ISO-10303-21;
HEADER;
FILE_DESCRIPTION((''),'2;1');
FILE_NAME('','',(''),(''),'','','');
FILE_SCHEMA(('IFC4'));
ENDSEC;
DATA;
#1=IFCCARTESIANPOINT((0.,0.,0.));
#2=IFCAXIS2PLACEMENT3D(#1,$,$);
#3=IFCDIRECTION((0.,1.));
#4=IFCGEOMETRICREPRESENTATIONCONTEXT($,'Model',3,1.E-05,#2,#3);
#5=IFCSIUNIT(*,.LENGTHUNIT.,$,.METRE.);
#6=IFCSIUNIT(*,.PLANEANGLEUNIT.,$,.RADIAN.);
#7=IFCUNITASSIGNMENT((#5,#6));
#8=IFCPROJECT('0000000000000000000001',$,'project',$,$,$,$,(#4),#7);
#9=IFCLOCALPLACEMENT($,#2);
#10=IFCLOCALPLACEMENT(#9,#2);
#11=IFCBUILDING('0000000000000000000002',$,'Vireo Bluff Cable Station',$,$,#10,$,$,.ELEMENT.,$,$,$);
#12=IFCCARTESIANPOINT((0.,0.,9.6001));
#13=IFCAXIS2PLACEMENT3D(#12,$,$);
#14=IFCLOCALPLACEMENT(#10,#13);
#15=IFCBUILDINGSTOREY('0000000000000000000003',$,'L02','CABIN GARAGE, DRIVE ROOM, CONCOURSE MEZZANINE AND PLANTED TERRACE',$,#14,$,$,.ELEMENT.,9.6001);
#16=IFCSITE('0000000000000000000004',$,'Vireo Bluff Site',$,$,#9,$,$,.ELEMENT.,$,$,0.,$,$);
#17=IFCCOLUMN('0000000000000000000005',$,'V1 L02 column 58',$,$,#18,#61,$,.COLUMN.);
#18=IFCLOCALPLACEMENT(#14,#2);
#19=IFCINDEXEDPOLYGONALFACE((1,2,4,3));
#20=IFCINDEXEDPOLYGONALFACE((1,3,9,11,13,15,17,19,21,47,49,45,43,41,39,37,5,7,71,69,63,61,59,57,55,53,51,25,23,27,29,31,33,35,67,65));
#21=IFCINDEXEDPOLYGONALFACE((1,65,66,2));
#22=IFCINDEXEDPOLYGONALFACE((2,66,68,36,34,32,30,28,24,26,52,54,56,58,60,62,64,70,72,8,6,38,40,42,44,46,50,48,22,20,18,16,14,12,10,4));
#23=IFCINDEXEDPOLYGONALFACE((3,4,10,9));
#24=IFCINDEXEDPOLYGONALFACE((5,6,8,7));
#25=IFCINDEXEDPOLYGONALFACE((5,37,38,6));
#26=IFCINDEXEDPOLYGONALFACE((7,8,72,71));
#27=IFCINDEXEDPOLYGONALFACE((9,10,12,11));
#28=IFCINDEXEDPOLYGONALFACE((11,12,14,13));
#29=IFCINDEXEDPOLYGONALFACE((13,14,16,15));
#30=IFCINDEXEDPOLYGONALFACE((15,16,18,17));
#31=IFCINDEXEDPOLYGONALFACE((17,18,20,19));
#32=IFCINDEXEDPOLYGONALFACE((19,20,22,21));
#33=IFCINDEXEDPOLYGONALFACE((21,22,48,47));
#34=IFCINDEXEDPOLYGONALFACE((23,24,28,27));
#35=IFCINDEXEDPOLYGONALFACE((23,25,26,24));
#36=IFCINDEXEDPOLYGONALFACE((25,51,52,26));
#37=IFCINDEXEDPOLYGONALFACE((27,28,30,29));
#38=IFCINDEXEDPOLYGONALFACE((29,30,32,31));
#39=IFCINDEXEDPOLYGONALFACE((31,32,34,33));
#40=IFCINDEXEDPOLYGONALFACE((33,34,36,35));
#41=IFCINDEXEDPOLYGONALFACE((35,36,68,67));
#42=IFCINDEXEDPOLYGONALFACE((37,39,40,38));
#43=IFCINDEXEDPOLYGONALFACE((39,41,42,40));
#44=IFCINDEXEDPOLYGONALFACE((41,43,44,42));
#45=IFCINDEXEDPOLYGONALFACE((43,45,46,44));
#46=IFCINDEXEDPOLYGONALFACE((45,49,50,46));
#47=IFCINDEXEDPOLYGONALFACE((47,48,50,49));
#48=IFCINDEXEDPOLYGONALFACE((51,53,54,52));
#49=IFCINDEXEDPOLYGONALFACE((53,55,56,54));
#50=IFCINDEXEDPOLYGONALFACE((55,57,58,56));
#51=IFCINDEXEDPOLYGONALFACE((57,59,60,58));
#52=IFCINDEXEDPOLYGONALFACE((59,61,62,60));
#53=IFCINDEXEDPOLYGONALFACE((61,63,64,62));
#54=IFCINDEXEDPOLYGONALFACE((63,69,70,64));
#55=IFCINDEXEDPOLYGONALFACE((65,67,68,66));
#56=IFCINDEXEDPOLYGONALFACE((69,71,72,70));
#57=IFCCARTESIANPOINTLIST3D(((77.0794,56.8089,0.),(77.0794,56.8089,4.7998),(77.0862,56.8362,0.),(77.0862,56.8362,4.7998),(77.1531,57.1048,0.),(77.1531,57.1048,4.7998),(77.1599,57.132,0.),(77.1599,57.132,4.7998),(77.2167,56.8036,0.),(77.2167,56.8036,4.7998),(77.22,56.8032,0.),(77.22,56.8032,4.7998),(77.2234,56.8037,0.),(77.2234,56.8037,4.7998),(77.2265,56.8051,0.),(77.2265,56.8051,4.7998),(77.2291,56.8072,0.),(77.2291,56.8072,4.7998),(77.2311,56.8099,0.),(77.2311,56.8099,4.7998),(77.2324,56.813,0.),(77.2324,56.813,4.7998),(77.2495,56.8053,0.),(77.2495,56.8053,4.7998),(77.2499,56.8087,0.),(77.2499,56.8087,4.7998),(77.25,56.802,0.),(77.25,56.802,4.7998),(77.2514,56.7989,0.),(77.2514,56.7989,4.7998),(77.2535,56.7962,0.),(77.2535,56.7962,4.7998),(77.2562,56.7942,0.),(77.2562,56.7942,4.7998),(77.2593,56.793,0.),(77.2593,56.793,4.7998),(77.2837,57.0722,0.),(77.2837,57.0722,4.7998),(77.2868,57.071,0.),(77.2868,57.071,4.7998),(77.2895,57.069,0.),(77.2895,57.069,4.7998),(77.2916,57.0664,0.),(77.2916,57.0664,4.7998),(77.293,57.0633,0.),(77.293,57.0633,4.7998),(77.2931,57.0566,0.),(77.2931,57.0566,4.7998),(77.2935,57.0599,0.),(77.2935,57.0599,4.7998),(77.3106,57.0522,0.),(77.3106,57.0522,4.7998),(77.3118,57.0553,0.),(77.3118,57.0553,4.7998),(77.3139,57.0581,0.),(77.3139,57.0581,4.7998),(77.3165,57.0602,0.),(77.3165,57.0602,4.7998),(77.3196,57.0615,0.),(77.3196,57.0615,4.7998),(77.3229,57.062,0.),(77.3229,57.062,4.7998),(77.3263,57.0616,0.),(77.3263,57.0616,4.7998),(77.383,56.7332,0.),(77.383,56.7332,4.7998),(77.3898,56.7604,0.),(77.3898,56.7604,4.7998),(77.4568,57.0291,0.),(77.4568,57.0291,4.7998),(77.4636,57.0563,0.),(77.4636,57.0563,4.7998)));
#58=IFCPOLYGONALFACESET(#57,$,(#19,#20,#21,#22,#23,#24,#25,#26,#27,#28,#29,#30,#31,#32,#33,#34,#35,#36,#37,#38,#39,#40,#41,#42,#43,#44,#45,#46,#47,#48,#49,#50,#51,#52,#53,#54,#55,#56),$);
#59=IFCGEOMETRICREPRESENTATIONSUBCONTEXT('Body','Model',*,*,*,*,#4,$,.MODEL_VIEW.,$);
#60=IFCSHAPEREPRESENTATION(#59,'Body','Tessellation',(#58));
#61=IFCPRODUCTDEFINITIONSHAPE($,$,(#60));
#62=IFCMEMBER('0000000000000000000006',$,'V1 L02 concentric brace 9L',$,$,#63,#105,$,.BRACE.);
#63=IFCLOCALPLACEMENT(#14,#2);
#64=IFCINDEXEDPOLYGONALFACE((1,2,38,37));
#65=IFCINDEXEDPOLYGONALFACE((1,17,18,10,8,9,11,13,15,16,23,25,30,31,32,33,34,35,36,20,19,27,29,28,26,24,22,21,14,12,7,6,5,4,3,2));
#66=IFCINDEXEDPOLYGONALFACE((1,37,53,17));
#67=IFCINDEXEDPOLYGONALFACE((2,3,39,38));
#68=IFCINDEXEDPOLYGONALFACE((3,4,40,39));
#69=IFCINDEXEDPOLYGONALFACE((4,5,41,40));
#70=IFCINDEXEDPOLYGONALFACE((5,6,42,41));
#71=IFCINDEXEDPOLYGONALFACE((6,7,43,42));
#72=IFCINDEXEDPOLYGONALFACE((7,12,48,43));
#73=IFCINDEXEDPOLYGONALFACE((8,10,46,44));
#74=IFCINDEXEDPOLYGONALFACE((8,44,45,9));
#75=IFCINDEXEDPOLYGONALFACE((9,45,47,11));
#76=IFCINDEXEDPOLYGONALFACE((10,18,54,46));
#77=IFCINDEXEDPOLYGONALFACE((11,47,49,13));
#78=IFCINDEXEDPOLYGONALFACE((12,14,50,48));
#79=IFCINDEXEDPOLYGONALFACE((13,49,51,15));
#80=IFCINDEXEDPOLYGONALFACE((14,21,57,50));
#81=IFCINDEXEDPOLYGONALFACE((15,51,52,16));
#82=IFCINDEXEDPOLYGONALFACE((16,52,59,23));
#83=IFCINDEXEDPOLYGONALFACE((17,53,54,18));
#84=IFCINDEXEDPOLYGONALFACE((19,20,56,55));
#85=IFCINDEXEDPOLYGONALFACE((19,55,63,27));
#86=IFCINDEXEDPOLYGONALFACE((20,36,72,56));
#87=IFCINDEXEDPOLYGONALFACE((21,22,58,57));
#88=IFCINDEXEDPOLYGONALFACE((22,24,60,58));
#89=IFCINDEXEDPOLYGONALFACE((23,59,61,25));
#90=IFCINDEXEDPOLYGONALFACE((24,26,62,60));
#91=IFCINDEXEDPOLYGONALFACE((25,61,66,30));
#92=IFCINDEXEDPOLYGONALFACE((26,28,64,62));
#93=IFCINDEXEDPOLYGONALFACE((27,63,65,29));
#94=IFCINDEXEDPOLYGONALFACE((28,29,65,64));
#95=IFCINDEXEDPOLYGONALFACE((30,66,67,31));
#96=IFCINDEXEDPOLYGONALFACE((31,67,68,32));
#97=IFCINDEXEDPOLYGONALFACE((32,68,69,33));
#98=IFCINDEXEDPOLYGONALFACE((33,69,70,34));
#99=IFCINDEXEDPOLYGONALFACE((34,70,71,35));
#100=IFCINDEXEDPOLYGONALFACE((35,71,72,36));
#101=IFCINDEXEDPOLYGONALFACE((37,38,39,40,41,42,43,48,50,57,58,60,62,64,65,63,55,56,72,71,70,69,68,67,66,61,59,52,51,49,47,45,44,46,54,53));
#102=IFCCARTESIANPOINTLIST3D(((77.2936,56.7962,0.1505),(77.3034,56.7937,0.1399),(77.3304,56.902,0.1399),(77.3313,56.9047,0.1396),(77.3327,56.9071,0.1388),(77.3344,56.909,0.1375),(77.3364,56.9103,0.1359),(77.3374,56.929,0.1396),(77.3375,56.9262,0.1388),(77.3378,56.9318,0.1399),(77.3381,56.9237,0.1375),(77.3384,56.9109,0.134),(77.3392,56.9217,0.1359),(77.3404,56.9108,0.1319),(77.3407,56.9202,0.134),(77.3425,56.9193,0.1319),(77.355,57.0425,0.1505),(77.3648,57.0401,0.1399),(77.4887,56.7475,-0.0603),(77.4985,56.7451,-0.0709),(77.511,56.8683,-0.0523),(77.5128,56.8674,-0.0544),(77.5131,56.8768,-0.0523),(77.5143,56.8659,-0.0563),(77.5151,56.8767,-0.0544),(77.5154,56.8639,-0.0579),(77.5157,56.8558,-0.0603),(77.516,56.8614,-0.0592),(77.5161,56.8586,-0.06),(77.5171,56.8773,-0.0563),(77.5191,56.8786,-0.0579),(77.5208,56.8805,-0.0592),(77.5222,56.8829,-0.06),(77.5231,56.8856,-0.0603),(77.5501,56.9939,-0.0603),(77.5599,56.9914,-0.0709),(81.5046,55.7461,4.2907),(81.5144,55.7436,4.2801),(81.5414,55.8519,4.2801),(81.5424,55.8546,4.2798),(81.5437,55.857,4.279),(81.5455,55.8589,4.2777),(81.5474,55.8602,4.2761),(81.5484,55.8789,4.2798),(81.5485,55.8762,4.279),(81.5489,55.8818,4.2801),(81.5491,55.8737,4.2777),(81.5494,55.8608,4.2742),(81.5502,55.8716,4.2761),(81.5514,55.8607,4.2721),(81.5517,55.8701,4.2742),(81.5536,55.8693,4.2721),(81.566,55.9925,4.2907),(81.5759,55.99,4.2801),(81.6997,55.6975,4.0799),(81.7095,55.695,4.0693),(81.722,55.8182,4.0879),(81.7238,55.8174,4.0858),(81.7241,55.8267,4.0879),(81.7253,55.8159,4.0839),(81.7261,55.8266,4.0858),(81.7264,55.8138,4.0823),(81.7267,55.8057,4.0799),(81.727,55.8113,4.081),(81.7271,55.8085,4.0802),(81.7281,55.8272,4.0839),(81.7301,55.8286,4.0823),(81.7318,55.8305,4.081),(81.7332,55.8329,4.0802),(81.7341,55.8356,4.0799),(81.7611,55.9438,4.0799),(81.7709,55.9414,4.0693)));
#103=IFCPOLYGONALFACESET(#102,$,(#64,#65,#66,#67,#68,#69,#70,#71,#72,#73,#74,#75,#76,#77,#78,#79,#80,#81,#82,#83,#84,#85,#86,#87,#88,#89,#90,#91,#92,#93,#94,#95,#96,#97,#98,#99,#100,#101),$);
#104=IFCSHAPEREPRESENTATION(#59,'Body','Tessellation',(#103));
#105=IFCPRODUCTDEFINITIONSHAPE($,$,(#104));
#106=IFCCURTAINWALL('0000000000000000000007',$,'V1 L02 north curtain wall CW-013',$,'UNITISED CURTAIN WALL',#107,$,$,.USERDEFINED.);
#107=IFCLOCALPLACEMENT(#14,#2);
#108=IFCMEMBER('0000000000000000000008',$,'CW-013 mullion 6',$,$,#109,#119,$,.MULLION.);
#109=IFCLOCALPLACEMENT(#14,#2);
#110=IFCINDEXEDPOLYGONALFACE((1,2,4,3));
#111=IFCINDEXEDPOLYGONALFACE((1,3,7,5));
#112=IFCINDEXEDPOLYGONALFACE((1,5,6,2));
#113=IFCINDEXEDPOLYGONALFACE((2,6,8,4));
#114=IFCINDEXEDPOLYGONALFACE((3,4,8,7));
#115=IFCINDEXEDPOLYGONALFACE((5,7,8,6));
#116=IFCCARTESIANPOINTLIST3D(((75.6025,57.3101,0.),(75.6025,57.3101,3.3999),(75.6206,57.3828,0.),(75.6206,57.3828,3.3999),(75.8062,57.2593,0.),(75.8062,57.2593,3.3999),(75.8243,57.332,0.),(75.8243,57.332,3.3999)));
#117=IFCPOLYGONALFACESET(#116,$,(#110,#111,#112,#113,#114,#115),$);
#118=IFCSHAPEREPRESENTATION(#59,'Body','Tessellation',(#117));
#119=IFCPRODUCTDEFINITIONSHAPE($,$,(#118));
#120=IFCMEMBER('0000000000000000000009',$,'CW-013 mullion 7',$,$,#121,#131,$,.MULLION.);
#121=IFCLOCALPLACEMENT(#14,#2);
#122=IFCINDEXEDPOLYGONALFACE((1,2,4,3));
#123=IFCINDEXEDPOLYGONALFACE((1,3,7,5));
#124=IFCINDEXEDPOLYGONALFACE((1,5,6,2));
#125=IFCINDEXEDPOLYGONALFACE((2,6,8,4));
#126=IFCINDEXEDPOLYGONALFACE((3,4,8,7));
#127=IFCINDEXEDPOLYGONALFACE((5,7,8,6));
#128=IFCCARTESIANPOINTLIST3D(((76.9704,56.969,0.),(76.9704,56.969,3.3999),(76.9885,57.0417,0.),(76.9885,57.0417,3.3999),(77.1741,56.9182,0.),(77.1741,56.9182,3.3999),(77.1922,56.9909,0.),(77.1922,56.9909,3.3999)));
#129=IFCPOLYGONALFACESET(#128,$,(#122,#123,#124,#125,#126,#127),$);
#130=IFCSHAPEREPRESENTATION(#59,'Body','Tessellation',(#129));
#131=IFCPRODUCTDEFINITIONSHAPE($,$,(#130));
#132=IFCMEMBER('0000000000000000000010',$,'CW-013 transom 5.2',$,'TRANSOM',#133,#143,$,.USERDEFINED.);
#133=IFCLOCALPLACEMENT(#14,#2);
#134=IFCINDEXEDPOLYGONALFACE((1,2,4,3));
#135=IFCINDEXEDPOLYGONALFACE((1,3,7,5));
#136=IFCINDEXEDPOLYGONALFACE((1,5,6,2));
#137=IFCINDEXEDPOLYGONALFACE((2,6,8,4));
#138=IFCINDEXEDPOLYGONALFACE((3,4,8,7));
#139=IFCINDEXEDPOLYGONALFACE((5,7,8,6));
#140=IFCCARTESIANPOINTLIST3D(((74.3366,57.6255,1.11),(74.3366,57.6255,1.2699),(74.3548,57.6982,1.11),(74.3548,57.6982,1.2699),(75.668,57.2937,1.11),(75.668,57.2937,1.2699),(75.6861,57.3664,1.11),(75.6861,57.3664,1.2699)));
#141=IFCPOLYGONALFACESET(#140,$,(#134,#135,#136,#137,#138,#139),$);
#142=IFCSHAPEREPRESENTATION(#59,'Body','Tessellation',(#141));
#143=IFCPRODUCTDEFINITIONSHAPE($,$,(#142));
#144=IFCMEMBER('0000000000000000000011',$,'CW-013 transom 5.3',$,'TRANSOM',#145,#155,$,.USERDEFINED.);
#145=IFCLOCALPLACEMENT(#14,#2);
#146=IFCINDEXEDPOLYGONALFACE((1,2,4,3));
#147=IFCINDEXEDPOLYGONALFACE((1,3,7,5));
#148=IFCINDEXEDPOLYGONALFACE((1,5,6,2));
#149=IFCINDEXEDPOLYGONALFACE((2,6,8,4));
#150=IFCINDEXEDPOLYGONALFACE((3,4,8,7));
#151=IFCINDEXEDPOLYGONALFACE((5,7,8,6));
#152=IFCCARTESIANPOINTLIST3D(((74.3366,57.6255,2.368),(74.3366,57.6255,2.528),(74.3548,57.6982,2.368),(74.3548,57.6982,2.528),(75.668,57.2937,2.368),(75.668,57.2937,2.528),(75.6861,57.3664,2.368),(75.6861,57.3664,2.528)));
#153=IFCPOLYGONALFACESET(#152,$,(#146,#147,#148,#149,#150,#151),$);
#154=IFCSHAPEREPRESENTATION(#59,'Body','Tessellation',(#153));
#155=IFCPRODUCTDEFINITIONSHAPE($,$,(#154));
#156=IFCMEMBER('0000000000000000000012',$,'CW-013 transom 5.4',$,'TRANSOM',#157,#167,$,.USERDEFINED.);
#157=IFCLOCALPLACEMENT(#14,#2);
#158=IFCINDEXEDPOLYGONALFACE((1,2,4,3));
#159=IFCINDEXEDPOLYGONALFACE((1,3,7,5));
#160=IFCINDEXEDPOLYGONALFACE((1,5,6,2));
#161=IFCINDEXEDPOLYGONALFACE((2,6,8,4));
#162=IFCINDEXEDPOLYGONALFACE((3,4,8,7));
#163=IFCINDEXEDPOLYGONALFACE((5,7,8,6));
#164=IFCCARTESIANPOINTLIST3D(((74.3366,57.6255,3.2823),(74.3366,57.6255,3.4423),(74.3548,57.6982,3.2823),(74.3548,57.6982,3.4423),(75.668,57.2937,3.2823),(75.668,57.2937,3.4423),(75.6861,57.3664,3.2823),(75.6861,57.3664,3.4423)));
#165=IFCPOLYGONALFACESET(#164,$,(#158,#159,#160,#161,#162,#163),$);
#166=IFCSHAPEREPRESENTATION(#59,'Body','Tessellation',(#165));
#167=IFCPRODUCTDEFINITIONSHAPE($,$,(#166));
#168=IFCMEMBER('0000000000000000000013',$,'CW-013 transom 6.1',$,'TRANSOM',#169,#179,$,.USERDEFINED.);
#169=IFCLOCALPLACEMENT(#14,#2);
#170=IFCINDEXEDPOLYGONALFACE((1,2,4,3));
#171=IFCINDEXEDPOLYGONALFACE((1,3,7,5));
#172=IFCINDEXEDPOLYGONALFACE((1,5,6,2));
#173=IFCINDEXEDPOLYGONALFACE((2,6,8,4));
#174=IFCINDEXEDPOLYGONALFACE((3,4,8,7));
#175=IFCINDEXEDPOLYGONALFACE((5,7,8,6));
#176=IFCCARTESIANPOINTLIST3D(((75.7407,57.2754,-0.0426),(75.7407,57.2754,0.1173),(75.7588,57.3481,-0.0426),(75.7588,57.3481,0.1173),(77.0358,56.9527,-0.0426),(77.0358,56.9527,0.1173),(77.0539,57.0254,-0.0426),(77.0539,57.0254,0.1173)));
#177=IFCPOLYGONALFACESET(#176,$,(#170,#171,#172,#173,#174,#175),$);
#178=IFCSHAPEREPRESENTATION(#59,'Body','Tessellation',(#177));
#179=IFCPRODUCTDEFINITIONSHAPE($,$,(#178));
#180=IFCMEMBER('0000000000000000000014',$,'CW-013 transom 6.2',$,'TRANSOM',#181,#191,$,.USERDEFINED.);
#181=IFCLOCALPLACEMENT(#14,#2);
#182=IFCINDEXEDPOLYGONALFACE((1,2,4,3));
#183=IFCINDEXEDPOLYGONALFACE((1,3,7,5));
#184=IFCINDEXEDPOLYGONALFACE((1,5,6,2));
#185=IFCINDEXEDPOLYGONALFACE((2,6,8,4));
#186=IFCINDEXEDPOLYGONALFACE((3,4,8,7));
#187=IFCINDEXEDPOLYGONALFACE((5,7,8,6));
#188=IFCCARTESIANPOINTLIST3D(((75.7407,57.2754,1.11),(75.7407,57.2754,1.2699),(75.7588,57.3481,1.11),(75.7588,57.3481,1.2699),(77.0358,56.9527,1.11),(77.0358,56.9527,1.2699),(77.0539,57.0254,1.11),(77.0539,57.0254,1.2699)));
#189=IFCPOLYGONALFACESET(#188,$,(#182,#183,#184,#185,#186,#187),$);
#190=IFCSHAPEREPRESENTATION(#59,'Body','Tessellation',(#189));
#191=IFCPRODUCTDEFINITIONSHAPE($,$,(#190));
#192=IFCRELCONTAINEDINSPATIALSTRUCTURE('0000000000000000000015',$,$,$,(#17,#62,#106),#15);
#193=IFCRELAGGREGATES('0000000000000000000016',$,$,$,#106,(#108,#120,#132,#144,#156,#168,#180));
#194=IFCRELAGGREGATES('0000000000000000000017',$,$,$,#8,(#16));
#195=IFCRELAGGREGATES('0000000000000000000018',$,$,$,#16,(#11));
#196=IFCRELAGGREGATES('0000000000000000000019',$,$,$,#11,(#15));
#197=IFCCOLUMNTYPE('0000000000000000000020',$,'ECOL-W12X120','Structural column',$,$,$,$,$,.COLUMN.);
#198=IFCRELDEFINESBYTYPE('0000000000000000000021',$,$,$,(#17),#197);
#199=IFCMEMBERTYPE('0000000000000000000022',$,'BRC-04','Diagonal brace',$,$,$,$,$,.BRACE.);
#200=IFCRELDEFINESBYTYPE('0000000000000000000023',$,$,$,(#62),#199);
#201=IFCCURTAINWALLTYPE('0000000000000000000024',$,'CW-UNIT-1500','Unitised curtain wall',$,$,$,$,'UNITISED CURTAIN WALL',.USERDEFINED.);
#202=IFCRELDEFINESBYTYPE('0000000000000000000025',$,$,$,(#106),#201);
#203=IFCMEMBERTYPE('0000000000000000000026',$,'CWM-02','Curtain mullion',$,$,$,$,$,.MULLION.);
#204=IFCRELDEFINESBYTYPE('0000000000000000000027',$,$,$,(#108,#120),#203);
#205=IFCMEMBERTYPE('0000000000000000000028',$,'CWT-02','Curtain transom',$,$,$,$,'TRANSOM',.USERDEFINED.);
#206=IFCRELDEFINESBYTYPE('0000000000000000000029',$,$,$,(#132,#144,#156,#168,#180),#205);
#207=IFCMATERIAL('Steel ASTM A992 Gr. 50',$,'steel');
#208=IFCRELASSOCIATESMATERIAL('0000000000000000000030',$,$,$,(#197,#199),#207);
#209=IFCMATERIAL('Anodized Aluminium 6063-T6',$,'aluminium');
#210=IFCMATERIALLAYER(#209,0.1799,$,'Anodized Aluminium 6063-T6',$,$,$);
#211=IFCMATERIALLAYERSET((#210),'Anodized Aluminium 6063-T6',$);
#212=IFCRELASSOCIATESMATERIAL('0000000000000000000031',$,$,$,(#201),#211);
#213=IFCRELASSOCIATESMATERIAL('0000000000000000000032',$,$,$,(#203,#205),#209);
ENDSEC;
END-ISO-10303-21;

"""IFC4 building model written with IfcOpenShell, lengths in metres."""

from ifc_helpers import new_model, si_unit, direction, frame, origin, origin_2d, place, context, subcontext, project, spatial, rectangle, i_section, extrude, material, layer, layer_set, material_profile, profile_set, type_object, element, aggregate, save


model = new_model("IFC4")

# Units and contexts
model_context = context("Model", 3, precision=1e-05, world=origin(), true_north=direction((0.0, 1.0)))
body_context = subcontext(model_context, "Body", "Model", "MODEL_VIEW")
ifc_project = project(units=[si_unit("LENGTHUNIT", "METRE"), si_unit("PLANEANGLEUNIT", "RADIAN")], contexts=[model_context])

# Site, building, storey
site_placement = place(None, origin())
site = spatial("IfcSite", under=ifc_project, at=site_placement, Name="Vireo Bluff Site", CompositionType="ELEMENT", RefElevation=0.0)
building_placement = place(site_placement, origin())
building = spatial("IfcBuilding", under=site, at=building_placement, Name="Vireo Bluff Cable Station", CompositionType="ELEMENT")
storey_placement = place(building_placement, frame((0.0, 0.0, 9.6001)))
storey = spatial("IfcBuildingStorey", under=building, at=storey_placement, Name="L02", Description="CABIN GARAGE, DRIVE ROOM, CONCOURSE MEZZANINE AND PLANTED TERRACE", CompositionType="ELEMENT", Elevation=9.6001)

# Column
ifc_material_1 = material(Name="Steel ASTM A992 Gr. 50", Category="steel")
ifc_material_profile_1 = material_profile(ifc_material_1, i_section(OverallWidth=0.313, OverallDepth=0.333, WebThickness=0.0181, FlangeThickness=0.0281, FilletRadius=0.0129, at=origin_2d()), Name="W12X120")
ifc_profile_set_1 = profile_set([ifc_material_profile_1], Name="Steel ASTM A992 Gr. 50")
column_type = type_object("IfcColumnType", Name="ECOL-W12X120", Description="Structural column", PredefinedType="COLUMN", material=ifc_profile_set_1)
column_placement = place(storey_placement, frame((77.2715, 56.9326, 0.0), z_axis=(0.0, 0.0, 1.0), x_axis=(0.970296, -0.241922, 0.0)))
element("IfcColumn", 1, at=column_placement, inside=storey, type_object=column_type, Name="V1 L02 column 58", PredefinedType="COLUMN", context=body_context, shape_type="SweptSolid", body=[
    extrude(i_section(OverallWidth=0.313, OverallDepth=0.333, WebThickness=0.0181, FlangeThickness=0.0281, FilletRadius=0.0129, at=origin_2d()), origin(), (0.0, 0.0, 1.0), 4.7998),
])

# Member
ifc_material_profile_2 = material_profile(ifc_material_1, i_section(OverallWidth=0.2539, OverallDepth=0.3059, WebThickness=0.0088, FlangeThickness=0.0146, FilletRadius=0.011, at=origin_2d()), Name="W12X53")
ifc_profile_set_2 = profile_set([ifc_material_profile_2], Name="Steel ASTM A992 Gr. 50")
member_type_1 = type_object("IfcMemberType", Name="BRC-04", Description="Diagonal brace", PredefinedType="BRACE", material=ifc_profile_set_2)
member_1_placement = place(storey_placement, frame((77.4268, 56.8938, 0.0398), z_axis=(0.702064, -0.175068, 0.690259), x_axis=(0.241953, 0.970288, 0.0)))
element("IfcMember", 2, at=member_1_placement, inside=storey, type_object=member_type_1, Name="V1 L02 concentric brace 9L", PredefinedType="BRACE", context=body_context, shape_type="SweptSolid", body=[
    extrude(i_section(OverallWidth=0.2539, OverallDepth=0.3059, WebThickness=0.0088, FlangeThickness=0.0146, FilletRadius=0.011, at=origin_2d()), origin(), (0.0, 0.0, 1.0), 5.998),
])

# Curtain wall, members
ifc_material_2 = material(Name="Anodized Aluminium 6063-T6", Category="aluminium")
ifc_layer_1 = layer(ifc_material_2, 0.1799, Name="Anodized Aluminium 6063-T6")
ifc_layer_set_1 = layer_set([ifc_layer_1], Name="Anodized Aluminium 6063-T6")
curtain_wall_type = type_object("IfcCurtainWallType", Name="CW-UNIT-1500", Description="Unitised curtain wall", ElementType="UNITISED CURTAIN WALL", PredefinedType="USERDEFINED", material=ifc_layer_set_1)
curtain_wall_placement = place(storey_placement, origin())
curtain_wall = element("IfcCurtainWall", 3, at=curtain_wall_placement, inside=storey, type_object=curtain_wall_type, Name="V1 L02 north curtain wall CW-013", ObjectType="UNITISED CURTAIN WALL", PredefinedType="USERDEFINED")
ifc_material_profile_3 = material_profile(ifc_material_2, rectangle(XDim=0.075, YDim=0.21, at=origin_2d()), Name="ALU-M-75X210")
ifc_profile_set_3 = profile_set([ifc_material_profile_3], Name="Anodized Aluminium 6063-T6")
member_type_2 = type_object("IfcMemberType", Name="CWM-02", Description="Curtain mullion", PredefinedType="MULLION", material=ifc_profile_set_3)
member_2_placement = place(storey_placement, frame((75.7134, 57.321, 0.0), z_axis=(0.0, 0.0, 1.0), x_axis=(0.241922, 0.970296, 0.0)))
member_2 = element("IfcMember", 4, at=member_2_placement, type_object=member_type_2, Name="CW-013 mullion 6", PredefinedType="MULLION", context=body_context, shape_type="SweptSolid", body=[
    extrude(rectangle(XDim=0.075, YDim=0.21, at=origin_2d()), origin(), (0.0, 0.0, 1.0), 3.3999),
])
member_3_placement = place(storey_placement, frame((77.0813, 56.98, 0.0), z_axis=(0.0, 0.0, 1.0), x_axis=(0.241922, 0.970296, 0.0)))
member_3 = element("IfcMember", 5, at=member_3_placement, type_object=member_type_2, Name="CW-013 mullion 7", PredefinedType="MULLION", context=body_context, shape_type="SweptSolid", body=[
    extrude(rectangle(XDim=0.075, YDim=0.21, at=origin_2d()), origin(), (0.0, 0.0, 1.0), 3.3999),
])
ifc_material_profile_4 = material_profile(ifc_material_2, rectangle(XDim=0.075, YDim=0.1599, at=origin_2d()), Name="ALU-T-75X160")
ifc_profile_set_4 = profile_set([ifc_material_profile_4], Name="Anodized Aluminium 6063-T6")
member_type_3 = type_object("IfcMemberType", Name="CWT-02", Description="Curtain transom", ElementType="TRANSOM", PredefinedType="USERDEFINED", material=ifc_profile_set_4)
member_4_placement = place(storey_placement, frame((74.3457, 57.6619, 1.1899), z_axis=(0.97032, -0.241824, 0.0), x_axis=(0.241824, 0.97032, 0.0)))
member_4 = element("IfcMember", 6, at=member_4_placement, type_object=member_type_3, Name="CW-013 transom 5.2", ObjectType="TRANSOM", PredefinedType="USERDEFINED", context=body_context, shape_type="SweptSolid", body=[
    extrude(rectangle(XDim=0.075, YDim=0.1599, at=origin_2d()), origin(), (0.0, 0.0, 1.0), 1.3721),
])
member_5_placement = place(storey_placement, frame((74.3457, 57.6619, 2.448), z_axis=(0.97032, -0.241824, 0.0), x_axis=(0.241824, 0.97032, 0.0)))
member_5 = element("IfcMember", 7, at=member_5_placement, type_object=member_type_3, Name="CW-013 transom 5.3", ObjectType="TRANSOM", PredefinedType="USERDEFINED", context=body_context, shape_type="SweptSolid", body=[
    extrude(rectangle(XDim=0.075, YDim=0.1599, at=origin_2d()), origin(), (0.0, 0.0, 1.0), 1.3721),
])
member_6_placement = place(storey_placement, frame((74.3457, 57.6619, 3.3623), z_axis=(0.97032, -0.241824, 0.0), x_axis=(0.241824, 0.97032, 0.0)))
member_6 = element("IfcMember", 8, at=member_6_placement, type_object=member_type_3, Name="CW-013 transom 5.4", ObjectType="TRANSOM", PredefinedType="USERDEFINED", context=body_context, shape_type="SweptSolid", body=[
    extrude(rectangle(XDim=0.075, YDim=0.1599, at=origin_2d()), origin(), (0.0, 0.0, 1.0), 1.3721),
])
member_7_placement = place(storey_placement, frame((75.7498, 57.3118, 0.0374), z_axis=(0.970325, -0.241804, 0.0), x_axis=(0.241804, 0.970325, 0.0)))
member_7 = element("IfcMember", 9, at=member_7_placement, type_object=member_type_3, Name="CW-013 transom 6.1", ObjectType="TRANSOM", PredefinedType="USERDEFINED", context=body_context, shape_type="SweptSolid", body=[
    extrude(rectangle(XDim=0.075, YDim=0.1599, at=origin_2d()), origin(), (0.0, 0.0, 1.0), 1.3347),
])
member_8_placement = place(storey_placement, frame((75.7498, 57.3118, 1.1899), z_axis=(0.970325, -0.241804, 0.0), x_axis=(0.241804, 0.970325, 0.0)))
member_8 = element("IfcMember", 10, at=member_8_placement, type_object=member_type_3, Name="CW-013 transom 6.2", ObjectType="TRANSOM", PredefinedType="USERDEFINED", context=body_context, shape_type="SweptSolid", body=[
    extrude(rectangle(XDim=0.075, YDim=0.1599, at=origin_2d()), origin(), (0.0, 0.0, 1.0), 1.3347),
])

aggregate(curtain_wall, [member_2, member_3, member_4, member_5, member_6, member_7, member_8])

save(model, "model.ifc")
